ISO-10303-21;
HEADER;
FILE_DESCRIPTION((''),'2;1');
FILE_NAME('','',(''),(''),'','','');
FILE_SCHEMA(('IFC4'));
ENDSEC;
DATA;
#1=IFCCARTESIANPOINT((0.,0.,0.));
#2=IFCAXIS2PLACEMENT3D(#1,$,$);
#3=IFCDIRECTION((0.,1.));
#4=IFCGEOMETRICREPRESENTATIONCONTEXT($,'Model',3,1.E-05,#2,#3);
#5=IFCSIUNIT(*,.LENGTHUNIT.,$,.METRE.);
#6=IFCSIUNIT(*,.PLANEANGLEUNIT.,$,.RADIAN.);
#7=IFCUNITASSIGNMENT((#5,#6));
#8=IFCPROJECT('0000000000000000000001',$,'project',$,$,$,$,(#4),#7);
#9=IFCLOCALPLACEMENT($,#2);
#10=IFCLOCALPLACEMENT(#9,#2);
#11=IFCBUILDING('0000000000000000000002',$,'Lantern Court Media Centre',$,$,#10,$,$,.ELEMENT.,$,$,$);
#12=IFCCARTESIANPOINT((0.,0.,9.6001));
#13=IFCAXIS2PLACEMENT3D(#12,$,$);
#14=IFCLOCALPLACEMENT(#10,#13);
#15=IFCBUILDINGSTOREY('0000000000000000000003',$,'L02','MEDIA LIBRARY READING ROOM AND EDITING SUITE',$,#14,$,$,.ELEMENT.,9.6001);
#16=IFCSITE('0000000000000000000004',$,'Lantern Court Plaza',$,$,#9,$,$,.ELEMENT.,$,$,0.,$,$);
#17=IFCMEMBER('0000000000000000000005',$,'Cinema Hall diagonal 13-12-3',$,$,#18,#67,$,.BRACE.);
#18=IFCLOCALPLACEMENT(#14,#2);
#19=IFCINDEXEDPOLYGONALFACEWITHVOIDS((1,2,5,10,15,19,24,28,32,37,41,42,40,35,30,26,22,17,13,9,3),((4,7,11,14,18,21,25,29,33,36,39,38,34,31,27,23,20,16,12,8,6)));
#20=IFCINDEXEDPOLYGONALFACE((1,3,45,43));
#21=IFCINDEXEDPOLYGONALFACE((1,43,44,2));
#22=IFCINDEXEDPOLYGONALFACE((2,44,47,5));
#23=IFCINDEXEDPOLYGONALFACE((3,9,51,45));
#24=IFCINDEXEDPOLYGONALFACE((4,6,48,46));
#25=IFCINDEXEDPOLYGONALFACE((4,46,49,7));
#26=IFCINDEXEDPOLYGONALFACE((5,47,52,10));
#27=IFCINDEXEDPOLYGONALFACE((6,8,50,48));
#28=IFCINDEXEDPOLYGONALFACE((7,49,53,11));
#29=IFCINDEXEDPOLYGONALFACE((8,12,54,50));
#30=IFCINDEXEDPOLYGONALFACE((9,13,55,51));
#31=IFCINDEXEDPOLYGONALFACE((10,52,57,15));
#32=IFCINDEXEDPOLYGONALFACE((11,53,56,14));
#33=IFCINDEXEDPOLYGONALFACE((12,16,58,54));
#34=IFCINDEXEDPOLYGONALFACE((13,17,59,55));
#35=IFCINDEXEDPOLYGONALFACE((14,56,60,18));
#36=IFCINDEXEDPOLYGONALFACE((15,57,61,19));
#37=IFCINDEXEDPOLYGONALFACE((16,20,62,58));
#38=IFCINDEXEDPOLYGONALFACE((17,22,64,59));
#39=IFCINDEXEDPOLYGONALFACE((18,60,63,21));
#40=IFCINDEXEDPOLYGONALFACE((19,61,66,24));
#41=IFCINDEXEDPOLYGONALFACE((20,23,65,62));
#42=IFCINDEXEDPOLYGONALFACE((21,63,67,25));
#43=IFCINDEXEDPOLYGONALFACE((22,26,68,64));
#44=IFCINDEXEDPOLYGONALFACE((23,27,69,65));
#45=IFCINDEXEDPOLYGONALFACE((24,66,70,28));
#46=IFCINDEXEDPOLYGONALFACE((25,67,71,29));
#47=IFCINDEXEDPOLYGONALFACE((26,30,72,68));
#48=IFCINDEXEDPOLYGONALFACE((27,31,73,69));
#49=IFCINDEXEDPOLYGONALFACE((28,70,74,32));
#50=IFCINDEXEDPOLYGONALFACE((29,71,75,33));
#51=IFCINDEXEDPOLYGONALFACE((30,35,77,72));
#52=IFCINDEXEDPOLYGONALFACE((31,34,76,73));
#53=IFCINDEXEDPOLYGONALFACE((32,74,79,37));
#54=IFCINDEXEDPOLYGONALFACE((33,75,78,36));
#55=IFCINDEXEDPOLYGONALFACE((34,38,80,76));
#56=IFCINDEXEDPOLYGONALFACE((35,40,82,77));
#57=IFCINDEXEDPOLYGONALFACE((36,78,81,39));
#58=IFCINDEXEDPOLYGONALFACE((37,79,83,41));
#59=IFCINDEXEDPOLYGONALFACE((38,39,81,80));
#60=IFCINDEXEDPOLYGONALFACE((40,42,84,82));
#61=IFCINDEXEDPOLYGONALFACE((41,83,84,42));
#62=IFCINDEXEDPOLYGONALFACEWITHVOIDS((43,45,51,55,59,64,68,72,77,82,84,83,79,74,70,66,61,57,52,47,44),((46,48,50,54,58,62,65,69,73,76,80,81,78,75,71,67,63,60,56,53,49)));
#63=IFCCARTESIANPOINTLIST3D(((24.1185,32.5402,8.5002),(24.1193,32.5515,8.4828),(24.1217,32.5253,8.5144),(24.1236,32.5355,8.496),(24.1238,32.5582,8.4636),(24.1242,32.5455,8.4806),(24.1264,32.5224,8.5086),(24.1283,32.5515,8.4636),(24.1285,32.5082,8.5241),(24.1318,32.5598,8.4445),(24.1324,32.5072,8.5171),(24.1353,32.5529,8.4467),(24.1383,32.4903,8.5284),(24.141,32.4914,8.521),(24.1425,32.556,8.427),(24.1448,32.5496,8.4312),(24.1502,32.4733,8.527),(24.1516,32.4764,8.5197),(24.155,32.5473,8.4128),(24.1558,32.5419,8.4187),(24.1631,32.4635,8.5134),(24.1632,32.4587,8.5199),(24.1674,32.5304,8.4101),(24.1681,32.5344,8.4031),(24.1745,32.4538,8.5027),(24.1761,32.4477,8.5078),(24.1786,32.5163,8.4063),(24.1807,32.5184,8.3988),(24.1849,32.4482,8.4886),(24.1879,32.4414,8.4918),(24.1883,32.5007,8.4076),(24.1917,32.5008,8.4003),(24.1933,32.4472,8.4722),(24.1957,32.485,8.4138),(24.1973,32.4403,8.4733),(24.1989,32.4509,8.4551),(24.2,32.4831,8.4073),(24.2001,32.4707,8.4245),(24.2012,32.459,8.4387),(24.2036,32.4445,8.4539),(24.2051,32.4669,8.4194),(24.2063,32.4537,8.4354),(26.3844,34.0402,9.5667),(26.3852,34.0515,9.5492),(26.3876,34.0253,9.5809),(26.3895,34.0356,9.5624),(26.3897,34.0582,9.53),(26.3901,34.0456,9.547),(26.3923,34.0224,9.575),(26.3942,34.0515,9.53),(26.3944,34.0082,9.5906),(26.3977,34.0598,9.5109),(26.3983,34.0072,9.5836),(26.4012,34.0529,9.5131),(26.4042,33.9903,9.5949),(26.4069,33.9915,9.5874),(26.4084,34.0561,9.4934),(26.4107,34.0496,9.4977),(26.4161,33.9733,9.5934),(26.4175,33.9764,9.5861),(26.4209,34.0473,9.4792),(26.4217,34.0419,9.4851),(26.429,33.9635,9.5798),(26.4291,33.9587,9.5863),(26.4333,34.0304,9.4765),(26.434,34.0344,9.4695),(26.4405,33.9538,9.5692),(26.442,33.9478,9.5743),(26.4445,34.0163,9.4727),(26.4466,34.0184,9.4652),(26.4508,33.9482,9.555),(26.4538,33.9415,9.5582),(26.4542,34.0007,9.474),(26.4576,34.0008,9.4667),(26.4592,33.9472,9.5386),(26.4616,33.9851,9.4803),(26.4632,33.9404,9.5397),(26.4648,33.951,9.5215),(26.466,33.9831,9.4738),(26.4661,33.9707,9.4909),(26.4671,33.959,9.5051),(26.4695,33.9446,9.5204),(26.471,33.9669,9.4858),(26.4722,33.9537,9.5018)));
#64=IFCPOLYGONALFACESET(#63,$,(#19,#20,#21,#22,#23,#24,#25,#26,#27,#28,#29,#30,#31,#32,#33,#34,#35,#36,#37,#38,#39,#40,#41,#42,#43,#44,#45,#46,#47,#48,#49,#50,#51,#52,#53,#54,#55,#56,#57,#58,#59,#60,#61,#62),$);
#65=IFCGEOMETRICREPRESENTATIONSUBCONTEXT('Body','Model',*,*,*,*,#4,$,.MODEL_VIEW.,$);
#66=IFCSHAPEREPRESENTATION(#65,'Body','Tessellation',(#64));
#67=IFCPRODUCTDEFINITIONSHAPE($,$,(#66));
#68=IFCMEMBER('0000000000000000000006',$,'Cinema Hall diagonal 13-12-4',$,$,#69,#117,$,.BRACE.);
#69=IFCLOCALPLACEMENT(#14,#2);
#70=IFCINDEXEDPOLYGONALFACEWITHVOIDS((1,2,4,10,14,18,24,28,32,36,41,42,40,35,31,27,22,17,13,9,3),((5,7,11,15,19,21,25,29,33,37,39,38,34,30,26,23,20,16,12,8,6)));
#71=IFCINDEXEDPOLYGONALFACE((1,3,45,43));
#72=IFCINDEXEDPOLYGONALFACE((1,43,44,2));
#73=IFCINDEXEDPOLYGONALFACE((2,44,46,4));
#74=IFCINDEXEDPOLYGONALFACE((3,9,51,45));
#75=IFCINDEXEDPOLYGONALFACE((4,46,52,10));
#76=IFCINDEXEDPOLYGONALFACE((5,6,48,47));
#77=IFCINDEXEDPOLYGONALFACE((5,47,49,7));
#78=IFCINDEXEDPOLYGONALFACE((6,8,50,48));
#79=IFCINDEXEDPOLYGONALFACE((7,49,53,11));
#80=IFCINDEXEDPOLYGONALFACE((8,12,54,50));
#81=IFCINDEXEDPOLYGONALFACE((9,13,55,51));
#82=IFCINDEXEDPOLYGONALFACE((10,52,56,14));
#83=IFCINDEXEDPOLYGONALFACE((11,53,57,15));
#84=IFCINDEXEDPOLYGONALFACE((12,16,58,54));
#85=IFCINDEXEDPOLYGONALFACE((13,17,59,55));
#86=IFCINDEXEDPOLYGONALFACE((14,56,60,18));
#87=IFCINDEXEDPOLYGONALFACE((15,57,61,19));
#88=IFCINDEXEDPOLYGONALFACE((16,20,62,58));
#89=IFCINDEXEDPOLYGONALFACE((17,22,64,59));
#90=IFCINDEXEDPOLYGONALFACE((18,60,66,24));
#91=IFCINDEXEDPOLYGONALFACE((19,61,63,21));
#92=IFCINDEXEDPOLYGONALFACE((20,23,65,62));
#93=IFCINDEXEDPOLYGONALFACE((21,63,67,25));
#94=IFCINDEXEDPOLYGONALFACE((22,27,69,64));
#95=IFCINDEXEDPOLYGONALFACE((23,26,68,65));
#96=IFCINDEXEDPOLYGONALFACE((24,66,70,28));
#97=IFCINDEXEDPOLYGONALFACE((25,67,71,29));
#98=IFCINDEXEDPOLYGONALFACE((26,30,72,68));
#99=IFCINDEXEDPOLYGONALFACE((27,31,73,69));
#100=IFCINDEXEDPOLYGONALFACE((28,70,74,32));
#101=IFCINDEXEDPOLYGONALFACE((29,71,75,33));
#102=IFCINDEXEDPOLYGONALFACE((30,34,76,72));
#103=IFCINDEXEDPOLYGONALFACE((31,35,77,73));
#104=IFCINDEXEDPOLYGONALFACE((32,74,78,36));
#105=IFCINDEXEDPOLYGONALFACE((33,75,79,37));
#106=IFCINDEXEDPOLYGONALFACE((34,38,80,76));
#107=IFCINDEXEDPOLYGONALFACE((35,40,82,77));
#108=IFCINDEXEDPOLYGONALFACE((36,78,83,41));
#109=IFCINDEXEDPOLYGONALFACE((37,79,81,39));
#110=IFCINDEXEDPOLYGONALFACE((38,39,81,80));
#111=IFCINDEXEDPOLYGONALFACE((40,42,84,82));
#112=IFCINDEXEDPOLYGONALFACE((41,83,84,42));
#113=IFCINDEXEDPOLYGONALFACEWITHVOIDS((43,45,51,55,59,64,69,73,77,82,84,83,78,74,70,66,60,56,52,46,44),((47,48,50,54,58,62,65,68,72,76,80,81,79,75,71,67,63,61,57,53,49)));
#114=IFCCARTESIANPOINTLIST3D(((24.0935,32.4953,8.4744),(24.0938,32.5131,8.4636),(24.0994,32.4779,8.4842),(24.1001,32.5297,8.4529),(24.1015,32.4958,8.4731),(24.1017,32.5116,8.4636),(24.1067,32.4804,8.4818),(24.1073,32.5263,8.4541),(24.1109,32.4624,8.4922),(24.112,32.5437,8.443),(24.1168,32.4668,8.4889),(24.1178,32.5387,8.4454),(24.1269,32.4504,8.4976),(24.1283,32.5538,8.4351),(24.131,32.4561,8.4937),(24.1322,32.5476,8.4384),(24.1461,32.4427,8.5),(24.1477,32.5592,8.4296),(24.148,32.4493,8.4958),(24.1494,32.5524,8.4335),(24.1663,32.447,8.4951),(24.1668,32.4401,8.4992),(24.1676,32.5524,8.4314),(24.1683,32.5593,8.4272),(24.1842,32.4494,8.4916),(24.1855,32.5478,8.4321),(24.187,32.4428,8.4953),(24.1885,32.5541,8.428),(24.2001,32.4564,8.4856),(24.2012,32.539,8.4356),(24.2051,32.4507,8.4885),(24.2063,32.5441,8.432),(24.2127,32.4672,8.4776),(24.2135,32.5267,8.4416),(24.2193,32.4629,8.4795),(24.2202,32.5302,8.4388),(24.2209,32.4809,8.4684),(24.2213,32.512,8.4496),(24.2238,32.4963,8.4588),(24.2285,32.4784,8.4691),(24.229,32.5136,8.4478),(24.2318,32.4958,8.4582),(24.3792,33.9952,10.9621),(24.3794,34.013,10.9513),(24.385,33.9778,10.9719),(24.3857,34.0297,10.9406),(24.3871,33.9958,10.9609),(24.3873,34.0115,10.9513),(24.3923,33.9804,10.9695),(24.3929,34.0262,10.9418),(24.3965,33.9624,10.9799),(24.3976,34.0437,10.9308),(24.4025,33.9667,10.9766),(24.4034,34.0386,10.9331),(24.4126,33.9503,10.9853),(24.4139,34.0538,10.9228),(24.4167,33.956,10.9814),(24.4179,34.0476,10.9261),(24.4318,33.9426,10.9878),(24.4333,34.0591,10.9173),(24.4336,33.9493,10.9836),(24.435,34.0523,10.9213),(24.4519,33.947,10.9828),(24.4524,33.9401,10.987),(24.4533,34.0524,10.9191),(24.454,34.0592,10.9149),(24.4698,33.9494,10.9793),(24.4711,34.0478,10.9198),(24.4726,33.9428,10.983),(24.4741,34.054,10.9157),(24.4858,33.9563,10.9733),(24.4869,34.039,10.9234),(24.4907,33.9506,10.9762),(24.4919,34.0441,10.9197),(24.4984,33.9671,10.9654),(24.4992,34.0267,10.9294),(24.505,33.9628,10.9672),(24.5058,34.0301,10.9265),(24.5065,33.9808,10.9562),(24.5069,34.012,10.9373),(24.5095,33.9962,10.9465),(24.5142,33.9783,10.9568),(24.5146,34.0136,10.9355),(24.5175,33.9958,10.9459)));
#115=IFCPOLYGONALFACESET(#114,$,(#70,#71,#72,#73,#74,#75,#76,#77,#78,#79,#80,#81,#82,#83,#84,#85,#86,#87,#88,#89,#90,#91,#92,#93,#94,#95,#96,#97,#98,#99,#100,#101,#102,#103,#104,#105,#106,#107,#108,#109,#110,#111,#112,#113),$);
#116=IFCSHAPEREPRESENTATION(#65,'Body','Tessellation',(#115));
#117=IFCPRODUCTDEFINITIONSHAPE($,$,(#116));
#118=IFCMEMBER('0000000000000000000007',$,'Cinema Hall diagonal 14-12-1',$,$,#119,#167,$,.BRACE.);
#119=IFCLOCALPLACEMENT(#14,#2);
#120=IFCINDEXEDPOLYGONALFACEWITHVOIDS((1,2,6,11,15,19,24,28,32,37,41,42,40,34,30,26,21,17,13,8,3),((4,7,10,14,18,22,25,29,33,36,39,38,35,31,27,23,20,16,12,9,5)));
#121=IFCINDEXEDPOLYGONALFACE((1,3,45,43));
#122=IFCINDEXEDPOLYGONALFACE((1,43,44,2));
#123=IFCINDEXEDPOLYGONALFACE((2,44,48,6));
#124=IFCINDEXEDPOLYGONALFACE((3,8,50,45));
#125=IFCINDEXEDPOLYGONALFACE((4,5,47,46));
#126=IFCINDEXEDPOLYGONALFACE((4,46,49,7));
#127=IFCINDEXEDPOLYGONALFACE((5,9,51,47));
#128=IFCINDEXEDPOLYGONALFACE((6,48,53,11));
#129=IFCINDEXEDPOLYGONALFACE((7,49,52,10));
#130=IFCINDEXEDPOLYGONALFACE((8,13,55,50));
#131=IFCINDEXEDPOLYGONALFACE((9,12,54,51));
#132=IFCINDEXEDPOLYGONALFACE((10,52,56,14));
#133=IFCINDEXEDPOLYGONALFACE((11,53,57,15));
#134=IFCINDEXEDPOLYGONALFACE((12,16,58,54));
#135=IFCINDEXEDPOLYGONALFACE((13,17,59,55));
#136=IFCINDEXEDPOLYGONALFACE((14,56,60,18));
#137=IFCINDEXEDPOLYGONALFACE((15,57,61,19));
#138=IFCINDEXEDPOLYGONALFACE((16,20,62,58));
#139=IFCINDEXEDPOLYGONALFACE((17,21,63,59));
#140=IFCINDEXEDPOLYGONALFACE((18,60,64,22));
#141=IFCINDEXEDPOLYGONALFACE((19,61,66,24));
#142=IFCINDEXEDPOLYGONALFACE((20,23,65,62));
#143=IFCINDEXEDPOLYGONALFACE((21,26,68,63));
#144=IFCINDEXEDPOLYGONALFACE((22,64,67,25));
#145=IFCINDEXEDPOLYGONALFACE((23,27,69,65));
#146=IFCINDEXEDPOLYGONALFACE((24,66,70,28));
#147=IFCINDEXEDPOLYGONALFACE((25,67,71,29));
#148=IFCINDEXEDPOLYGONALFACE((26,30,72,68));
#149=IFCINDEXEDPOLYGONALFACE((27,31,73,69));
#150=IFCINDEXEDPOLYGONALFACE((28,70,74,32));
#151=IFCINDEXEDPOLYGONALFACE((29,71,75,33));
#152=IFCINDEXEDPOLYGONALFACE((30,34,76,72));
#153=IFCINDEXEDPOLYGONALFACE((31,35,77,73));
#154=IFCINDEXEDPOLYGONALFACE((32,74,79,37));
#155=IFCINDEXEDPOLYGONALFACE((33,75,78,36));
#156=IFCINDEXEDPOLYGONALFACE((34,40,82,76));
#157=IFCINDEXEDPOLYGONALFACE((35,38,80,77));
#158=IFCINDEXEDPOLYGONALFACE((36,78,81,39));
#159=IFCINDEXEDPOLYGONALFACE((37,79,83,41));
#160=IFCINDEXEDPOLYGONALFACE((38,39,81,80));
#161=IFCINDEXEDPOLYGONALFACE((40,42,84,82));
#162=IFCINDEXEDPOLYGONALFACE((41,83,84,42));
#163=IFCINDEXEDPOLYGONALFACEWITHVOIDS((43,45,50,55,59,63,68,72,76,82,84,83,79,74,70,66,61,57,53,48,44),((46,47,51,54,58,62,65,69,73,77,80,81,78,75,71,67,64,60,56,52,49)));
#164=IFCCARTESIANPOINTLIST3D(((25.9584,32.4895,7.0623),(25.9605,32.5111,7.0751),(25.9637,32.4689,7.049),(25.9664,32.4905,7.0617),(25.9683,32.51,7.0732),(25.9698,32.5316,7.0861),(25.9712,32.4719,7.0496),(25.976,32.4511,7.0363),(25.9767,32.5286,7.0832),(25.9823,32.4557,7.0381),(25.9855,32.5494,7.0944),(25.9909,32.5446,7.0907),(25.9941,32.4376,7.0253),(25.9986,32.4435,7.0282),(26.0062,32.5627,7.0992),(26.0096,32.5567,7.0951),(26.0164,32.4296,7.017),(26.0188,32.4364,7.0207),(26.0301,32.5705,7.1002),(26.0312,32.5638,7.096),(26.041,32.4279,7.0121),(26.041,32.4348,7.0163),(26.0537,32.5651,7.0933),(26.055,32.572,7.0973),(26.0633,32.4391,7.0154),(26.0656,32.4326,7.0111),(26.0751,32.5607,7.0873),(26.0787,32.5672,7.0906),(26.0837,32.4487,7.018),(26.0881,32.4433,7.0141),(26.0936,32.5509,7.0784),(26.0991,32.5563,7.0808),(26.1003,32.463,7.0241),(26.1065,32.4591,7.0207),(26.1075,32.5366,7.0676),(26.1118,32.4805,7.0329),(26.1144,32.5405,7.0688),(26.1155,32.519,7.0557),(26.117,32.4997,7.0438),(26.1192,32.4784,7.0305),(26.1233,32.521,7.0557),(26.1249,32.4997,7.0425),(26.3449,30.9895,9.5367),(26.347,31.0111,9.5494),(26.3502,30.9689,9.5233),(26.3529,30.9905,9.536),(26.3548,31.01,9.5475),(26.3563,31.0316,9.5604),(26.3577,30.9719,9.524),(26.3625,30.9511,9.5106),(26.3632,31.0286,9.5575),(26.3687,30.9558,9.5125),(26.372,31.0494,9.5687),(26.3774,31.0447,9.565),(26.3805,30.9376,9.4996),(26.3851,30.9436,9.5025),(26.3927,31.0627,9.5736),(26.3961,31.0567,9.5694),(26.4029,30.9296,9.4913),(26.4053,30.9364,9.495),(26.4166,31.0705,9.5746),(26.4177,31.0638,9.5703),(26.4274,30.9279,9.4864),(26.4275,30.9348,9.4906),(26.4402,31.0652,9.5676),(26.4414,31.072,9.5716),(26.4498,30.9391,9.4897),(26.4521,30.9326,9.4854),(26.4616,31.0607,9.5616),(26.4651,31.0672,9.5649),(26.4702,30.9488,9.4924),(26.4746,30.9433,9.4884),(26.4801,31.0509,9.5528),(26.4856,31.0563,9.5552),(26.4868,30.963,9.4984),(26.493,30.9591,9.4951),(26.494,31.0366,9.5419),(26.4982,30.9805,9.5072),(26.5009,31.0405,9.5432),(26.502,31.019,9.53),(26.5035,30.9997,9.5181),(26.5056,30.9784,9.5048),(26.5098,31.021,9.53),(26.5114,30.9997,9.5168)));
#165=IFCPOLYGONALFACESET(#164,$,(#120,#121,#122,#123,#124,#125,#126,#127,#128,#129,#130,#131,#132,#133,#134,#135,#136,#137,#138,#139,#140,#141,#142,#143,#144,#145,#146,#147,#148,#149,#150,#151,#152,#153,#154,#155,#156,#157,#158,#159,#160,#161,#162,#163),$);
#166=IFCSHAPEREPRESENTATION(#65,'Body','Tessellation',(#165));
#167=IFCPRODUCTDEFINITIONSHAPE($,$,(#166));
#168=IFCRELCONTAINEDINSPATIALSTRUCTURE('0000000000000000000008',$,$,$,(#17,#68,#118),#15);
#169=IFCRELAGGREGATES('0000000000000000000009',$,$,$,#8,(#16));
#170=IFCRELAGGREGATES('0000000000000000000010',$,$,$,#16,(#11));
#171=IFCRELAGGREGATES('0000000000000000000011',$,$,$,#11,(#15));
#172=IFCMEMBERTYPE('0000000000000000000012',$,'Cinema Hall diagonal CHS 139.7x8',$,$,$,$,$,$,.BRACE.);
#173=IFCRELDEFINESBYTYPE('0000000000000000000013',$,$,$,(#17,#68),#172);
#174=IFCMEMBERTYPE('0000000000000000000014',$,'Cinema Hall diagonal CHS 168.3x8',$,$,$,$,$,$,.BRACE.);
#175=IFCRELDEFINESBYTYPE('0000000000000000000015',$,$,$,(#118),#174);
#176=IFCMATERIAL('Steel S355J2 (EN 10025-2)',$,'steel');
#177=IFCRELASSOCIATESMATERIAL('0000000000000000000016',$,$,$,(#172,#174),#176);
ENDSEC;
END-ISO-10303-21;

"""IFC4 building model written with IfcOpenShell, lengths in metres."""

from ifc_helpers import new_model, si_unit, direction, frame, origin, origin_2d, place, context, subcontext, project, spatial, hollow_circle, extrude, material, material_profile, profile_set, type_object, element, save


model = new_model("IFC4")

# Units and contexts
model_context = context("Model", 3, precision=1e-05, world=origin(), true_north=direction((0.0, 1.0)))
body_context = subcontext(model_context, "Body", "Model", "MODEL_VIEW")
ifc_project = project(units=[si_unit("LENGTHUNIT", "METRE"), si_unit("PLANEANGLEUNIT", "RADIAN")], contexts=[model_context])

# Site, building, storey
site_placement = place(None, origin())
site = spatial("IfcSite", under=ifc_project, at=site_placement, Name="Lantern Court Plaza", CompositionType="ELEMENT", RefElevation=0.0)
building_placement = place(site_placement, origin())
building = spatial("IfcBuilding", under=site, at=building_placement, Name="Lantern Court Media Centre", CompositionType="ELEMENT")
storey_placement = place(building_placement, frame((0.0, 0.0, 9.6001)))
storey = spatial("IfcBuildingStorey", under=building, at=storey_placement, Name="L02", Description="MEDIA LIBRARY READING ROOM AND EDITING SUITE", CompositionType="ELEMENT", Elevation=9.6001)

# Members
ifc_material = material(Name="Steel S355J2 (EN 10025-2)", Category="steel")
ifc_material_profile_1 = material_profile(ifc_material, hollow_circle(Radius=0.0698, WallThickness=0.0081, at=origin_2d()), Name="Cinema Hall diagonal CHS 139.7x8")
ifc_profile_set_1 = profile_set([ifc_material_profile_1], Name="Steel S355J2 (EN 10025-2)")
member_type_1 = type_object("IfcMemberType", Name="Cinema Hall diagonal CHS 139.7x8", PredefinedType="BRACE", material=ifc_profile_set_1)
for number, where, z_axis, x_axis, name in (
    (1, (24.1624, 32.5, 8.4636), (0.776211, 0.51385, 0.365315), (-0.552002, 0.833843, 0.0), "Cinema Hall diagonal 13-12-3"),
):
    element("IfcMember", number, at=place(storey_placement, frame(where, z_axis=z_axis, x_axis=x_axis)), inside=storey, type_object=member_type_1, Name=name, PredefinedType="BRACE", context=body_context, shape_type="SweptSolid", body=[
        extrude(hollow_circle(Radius=0.0698, WallThickness=0.0081, at=origin_2d()), origin(), (0.0, 0.0, 1.0), 2.9192),
    ])
member_1_placement = place(storey_placement, frame((24.1624, 32.5, 8.4636), z_axis=(0.097856, 0.51387, 0.852268), x_axis=(-0.982347, 0.187068, 0.0)))
element("IfcMember", 2, at=member_1_placement, inside=storey, type_object=member_type_1, Name="Cinema Hall diagonal 13-12-4", PredefinedType="BRACE", context=body_context, shape_type="SweptSolid", body=[
    extrude(hollow_circle(Radius=0.0698, WallThickness=0.0081, at=origin_2d()), origin(), (0.0, 0.0, 1.0), 2.9189),
])
ifc_material_profile_2 = material_profile(ifc_material, hollow_circle(Radius=0.0842, WallThickness=0.0081, at=origin_2d()), Name="Cinema Hall diagonal CHS 168.3x8")
ifc_profile_set_2 = profile_set([ifc_material_profile_2], Name="Steel S355J2 (EN 10025-2)")
member_type_2 = type_object("IfcMemberType", Name="Cinema Hall diagonal CHS 168.3x8", PredefinedType="BRACE", material=ifc_profile_set_2)
member_2_placement = place(storey_placement, frame((26.0417, 32.5, 7.0557), z_axis=(0.13239, -0.513836, 0.847612), x_axis=(0.968374, 0.249501, 0.0)))
element("IfcMember", 3, at=member_2_placement, inside=storey, type_object=member_type_2, Name="Cinema Hall diagonal 14-12-1", PredefinedType="BRACE", context=body_context, shape_type="SweptSolid", body=[
    extrude(hollow_circle(Radius=0.0842, WallThickness=0.0081, at=origin_2d()), origin(), (0.0, 0.0, 1.0), 2.9192),
])

save(model, "model.ifc")
